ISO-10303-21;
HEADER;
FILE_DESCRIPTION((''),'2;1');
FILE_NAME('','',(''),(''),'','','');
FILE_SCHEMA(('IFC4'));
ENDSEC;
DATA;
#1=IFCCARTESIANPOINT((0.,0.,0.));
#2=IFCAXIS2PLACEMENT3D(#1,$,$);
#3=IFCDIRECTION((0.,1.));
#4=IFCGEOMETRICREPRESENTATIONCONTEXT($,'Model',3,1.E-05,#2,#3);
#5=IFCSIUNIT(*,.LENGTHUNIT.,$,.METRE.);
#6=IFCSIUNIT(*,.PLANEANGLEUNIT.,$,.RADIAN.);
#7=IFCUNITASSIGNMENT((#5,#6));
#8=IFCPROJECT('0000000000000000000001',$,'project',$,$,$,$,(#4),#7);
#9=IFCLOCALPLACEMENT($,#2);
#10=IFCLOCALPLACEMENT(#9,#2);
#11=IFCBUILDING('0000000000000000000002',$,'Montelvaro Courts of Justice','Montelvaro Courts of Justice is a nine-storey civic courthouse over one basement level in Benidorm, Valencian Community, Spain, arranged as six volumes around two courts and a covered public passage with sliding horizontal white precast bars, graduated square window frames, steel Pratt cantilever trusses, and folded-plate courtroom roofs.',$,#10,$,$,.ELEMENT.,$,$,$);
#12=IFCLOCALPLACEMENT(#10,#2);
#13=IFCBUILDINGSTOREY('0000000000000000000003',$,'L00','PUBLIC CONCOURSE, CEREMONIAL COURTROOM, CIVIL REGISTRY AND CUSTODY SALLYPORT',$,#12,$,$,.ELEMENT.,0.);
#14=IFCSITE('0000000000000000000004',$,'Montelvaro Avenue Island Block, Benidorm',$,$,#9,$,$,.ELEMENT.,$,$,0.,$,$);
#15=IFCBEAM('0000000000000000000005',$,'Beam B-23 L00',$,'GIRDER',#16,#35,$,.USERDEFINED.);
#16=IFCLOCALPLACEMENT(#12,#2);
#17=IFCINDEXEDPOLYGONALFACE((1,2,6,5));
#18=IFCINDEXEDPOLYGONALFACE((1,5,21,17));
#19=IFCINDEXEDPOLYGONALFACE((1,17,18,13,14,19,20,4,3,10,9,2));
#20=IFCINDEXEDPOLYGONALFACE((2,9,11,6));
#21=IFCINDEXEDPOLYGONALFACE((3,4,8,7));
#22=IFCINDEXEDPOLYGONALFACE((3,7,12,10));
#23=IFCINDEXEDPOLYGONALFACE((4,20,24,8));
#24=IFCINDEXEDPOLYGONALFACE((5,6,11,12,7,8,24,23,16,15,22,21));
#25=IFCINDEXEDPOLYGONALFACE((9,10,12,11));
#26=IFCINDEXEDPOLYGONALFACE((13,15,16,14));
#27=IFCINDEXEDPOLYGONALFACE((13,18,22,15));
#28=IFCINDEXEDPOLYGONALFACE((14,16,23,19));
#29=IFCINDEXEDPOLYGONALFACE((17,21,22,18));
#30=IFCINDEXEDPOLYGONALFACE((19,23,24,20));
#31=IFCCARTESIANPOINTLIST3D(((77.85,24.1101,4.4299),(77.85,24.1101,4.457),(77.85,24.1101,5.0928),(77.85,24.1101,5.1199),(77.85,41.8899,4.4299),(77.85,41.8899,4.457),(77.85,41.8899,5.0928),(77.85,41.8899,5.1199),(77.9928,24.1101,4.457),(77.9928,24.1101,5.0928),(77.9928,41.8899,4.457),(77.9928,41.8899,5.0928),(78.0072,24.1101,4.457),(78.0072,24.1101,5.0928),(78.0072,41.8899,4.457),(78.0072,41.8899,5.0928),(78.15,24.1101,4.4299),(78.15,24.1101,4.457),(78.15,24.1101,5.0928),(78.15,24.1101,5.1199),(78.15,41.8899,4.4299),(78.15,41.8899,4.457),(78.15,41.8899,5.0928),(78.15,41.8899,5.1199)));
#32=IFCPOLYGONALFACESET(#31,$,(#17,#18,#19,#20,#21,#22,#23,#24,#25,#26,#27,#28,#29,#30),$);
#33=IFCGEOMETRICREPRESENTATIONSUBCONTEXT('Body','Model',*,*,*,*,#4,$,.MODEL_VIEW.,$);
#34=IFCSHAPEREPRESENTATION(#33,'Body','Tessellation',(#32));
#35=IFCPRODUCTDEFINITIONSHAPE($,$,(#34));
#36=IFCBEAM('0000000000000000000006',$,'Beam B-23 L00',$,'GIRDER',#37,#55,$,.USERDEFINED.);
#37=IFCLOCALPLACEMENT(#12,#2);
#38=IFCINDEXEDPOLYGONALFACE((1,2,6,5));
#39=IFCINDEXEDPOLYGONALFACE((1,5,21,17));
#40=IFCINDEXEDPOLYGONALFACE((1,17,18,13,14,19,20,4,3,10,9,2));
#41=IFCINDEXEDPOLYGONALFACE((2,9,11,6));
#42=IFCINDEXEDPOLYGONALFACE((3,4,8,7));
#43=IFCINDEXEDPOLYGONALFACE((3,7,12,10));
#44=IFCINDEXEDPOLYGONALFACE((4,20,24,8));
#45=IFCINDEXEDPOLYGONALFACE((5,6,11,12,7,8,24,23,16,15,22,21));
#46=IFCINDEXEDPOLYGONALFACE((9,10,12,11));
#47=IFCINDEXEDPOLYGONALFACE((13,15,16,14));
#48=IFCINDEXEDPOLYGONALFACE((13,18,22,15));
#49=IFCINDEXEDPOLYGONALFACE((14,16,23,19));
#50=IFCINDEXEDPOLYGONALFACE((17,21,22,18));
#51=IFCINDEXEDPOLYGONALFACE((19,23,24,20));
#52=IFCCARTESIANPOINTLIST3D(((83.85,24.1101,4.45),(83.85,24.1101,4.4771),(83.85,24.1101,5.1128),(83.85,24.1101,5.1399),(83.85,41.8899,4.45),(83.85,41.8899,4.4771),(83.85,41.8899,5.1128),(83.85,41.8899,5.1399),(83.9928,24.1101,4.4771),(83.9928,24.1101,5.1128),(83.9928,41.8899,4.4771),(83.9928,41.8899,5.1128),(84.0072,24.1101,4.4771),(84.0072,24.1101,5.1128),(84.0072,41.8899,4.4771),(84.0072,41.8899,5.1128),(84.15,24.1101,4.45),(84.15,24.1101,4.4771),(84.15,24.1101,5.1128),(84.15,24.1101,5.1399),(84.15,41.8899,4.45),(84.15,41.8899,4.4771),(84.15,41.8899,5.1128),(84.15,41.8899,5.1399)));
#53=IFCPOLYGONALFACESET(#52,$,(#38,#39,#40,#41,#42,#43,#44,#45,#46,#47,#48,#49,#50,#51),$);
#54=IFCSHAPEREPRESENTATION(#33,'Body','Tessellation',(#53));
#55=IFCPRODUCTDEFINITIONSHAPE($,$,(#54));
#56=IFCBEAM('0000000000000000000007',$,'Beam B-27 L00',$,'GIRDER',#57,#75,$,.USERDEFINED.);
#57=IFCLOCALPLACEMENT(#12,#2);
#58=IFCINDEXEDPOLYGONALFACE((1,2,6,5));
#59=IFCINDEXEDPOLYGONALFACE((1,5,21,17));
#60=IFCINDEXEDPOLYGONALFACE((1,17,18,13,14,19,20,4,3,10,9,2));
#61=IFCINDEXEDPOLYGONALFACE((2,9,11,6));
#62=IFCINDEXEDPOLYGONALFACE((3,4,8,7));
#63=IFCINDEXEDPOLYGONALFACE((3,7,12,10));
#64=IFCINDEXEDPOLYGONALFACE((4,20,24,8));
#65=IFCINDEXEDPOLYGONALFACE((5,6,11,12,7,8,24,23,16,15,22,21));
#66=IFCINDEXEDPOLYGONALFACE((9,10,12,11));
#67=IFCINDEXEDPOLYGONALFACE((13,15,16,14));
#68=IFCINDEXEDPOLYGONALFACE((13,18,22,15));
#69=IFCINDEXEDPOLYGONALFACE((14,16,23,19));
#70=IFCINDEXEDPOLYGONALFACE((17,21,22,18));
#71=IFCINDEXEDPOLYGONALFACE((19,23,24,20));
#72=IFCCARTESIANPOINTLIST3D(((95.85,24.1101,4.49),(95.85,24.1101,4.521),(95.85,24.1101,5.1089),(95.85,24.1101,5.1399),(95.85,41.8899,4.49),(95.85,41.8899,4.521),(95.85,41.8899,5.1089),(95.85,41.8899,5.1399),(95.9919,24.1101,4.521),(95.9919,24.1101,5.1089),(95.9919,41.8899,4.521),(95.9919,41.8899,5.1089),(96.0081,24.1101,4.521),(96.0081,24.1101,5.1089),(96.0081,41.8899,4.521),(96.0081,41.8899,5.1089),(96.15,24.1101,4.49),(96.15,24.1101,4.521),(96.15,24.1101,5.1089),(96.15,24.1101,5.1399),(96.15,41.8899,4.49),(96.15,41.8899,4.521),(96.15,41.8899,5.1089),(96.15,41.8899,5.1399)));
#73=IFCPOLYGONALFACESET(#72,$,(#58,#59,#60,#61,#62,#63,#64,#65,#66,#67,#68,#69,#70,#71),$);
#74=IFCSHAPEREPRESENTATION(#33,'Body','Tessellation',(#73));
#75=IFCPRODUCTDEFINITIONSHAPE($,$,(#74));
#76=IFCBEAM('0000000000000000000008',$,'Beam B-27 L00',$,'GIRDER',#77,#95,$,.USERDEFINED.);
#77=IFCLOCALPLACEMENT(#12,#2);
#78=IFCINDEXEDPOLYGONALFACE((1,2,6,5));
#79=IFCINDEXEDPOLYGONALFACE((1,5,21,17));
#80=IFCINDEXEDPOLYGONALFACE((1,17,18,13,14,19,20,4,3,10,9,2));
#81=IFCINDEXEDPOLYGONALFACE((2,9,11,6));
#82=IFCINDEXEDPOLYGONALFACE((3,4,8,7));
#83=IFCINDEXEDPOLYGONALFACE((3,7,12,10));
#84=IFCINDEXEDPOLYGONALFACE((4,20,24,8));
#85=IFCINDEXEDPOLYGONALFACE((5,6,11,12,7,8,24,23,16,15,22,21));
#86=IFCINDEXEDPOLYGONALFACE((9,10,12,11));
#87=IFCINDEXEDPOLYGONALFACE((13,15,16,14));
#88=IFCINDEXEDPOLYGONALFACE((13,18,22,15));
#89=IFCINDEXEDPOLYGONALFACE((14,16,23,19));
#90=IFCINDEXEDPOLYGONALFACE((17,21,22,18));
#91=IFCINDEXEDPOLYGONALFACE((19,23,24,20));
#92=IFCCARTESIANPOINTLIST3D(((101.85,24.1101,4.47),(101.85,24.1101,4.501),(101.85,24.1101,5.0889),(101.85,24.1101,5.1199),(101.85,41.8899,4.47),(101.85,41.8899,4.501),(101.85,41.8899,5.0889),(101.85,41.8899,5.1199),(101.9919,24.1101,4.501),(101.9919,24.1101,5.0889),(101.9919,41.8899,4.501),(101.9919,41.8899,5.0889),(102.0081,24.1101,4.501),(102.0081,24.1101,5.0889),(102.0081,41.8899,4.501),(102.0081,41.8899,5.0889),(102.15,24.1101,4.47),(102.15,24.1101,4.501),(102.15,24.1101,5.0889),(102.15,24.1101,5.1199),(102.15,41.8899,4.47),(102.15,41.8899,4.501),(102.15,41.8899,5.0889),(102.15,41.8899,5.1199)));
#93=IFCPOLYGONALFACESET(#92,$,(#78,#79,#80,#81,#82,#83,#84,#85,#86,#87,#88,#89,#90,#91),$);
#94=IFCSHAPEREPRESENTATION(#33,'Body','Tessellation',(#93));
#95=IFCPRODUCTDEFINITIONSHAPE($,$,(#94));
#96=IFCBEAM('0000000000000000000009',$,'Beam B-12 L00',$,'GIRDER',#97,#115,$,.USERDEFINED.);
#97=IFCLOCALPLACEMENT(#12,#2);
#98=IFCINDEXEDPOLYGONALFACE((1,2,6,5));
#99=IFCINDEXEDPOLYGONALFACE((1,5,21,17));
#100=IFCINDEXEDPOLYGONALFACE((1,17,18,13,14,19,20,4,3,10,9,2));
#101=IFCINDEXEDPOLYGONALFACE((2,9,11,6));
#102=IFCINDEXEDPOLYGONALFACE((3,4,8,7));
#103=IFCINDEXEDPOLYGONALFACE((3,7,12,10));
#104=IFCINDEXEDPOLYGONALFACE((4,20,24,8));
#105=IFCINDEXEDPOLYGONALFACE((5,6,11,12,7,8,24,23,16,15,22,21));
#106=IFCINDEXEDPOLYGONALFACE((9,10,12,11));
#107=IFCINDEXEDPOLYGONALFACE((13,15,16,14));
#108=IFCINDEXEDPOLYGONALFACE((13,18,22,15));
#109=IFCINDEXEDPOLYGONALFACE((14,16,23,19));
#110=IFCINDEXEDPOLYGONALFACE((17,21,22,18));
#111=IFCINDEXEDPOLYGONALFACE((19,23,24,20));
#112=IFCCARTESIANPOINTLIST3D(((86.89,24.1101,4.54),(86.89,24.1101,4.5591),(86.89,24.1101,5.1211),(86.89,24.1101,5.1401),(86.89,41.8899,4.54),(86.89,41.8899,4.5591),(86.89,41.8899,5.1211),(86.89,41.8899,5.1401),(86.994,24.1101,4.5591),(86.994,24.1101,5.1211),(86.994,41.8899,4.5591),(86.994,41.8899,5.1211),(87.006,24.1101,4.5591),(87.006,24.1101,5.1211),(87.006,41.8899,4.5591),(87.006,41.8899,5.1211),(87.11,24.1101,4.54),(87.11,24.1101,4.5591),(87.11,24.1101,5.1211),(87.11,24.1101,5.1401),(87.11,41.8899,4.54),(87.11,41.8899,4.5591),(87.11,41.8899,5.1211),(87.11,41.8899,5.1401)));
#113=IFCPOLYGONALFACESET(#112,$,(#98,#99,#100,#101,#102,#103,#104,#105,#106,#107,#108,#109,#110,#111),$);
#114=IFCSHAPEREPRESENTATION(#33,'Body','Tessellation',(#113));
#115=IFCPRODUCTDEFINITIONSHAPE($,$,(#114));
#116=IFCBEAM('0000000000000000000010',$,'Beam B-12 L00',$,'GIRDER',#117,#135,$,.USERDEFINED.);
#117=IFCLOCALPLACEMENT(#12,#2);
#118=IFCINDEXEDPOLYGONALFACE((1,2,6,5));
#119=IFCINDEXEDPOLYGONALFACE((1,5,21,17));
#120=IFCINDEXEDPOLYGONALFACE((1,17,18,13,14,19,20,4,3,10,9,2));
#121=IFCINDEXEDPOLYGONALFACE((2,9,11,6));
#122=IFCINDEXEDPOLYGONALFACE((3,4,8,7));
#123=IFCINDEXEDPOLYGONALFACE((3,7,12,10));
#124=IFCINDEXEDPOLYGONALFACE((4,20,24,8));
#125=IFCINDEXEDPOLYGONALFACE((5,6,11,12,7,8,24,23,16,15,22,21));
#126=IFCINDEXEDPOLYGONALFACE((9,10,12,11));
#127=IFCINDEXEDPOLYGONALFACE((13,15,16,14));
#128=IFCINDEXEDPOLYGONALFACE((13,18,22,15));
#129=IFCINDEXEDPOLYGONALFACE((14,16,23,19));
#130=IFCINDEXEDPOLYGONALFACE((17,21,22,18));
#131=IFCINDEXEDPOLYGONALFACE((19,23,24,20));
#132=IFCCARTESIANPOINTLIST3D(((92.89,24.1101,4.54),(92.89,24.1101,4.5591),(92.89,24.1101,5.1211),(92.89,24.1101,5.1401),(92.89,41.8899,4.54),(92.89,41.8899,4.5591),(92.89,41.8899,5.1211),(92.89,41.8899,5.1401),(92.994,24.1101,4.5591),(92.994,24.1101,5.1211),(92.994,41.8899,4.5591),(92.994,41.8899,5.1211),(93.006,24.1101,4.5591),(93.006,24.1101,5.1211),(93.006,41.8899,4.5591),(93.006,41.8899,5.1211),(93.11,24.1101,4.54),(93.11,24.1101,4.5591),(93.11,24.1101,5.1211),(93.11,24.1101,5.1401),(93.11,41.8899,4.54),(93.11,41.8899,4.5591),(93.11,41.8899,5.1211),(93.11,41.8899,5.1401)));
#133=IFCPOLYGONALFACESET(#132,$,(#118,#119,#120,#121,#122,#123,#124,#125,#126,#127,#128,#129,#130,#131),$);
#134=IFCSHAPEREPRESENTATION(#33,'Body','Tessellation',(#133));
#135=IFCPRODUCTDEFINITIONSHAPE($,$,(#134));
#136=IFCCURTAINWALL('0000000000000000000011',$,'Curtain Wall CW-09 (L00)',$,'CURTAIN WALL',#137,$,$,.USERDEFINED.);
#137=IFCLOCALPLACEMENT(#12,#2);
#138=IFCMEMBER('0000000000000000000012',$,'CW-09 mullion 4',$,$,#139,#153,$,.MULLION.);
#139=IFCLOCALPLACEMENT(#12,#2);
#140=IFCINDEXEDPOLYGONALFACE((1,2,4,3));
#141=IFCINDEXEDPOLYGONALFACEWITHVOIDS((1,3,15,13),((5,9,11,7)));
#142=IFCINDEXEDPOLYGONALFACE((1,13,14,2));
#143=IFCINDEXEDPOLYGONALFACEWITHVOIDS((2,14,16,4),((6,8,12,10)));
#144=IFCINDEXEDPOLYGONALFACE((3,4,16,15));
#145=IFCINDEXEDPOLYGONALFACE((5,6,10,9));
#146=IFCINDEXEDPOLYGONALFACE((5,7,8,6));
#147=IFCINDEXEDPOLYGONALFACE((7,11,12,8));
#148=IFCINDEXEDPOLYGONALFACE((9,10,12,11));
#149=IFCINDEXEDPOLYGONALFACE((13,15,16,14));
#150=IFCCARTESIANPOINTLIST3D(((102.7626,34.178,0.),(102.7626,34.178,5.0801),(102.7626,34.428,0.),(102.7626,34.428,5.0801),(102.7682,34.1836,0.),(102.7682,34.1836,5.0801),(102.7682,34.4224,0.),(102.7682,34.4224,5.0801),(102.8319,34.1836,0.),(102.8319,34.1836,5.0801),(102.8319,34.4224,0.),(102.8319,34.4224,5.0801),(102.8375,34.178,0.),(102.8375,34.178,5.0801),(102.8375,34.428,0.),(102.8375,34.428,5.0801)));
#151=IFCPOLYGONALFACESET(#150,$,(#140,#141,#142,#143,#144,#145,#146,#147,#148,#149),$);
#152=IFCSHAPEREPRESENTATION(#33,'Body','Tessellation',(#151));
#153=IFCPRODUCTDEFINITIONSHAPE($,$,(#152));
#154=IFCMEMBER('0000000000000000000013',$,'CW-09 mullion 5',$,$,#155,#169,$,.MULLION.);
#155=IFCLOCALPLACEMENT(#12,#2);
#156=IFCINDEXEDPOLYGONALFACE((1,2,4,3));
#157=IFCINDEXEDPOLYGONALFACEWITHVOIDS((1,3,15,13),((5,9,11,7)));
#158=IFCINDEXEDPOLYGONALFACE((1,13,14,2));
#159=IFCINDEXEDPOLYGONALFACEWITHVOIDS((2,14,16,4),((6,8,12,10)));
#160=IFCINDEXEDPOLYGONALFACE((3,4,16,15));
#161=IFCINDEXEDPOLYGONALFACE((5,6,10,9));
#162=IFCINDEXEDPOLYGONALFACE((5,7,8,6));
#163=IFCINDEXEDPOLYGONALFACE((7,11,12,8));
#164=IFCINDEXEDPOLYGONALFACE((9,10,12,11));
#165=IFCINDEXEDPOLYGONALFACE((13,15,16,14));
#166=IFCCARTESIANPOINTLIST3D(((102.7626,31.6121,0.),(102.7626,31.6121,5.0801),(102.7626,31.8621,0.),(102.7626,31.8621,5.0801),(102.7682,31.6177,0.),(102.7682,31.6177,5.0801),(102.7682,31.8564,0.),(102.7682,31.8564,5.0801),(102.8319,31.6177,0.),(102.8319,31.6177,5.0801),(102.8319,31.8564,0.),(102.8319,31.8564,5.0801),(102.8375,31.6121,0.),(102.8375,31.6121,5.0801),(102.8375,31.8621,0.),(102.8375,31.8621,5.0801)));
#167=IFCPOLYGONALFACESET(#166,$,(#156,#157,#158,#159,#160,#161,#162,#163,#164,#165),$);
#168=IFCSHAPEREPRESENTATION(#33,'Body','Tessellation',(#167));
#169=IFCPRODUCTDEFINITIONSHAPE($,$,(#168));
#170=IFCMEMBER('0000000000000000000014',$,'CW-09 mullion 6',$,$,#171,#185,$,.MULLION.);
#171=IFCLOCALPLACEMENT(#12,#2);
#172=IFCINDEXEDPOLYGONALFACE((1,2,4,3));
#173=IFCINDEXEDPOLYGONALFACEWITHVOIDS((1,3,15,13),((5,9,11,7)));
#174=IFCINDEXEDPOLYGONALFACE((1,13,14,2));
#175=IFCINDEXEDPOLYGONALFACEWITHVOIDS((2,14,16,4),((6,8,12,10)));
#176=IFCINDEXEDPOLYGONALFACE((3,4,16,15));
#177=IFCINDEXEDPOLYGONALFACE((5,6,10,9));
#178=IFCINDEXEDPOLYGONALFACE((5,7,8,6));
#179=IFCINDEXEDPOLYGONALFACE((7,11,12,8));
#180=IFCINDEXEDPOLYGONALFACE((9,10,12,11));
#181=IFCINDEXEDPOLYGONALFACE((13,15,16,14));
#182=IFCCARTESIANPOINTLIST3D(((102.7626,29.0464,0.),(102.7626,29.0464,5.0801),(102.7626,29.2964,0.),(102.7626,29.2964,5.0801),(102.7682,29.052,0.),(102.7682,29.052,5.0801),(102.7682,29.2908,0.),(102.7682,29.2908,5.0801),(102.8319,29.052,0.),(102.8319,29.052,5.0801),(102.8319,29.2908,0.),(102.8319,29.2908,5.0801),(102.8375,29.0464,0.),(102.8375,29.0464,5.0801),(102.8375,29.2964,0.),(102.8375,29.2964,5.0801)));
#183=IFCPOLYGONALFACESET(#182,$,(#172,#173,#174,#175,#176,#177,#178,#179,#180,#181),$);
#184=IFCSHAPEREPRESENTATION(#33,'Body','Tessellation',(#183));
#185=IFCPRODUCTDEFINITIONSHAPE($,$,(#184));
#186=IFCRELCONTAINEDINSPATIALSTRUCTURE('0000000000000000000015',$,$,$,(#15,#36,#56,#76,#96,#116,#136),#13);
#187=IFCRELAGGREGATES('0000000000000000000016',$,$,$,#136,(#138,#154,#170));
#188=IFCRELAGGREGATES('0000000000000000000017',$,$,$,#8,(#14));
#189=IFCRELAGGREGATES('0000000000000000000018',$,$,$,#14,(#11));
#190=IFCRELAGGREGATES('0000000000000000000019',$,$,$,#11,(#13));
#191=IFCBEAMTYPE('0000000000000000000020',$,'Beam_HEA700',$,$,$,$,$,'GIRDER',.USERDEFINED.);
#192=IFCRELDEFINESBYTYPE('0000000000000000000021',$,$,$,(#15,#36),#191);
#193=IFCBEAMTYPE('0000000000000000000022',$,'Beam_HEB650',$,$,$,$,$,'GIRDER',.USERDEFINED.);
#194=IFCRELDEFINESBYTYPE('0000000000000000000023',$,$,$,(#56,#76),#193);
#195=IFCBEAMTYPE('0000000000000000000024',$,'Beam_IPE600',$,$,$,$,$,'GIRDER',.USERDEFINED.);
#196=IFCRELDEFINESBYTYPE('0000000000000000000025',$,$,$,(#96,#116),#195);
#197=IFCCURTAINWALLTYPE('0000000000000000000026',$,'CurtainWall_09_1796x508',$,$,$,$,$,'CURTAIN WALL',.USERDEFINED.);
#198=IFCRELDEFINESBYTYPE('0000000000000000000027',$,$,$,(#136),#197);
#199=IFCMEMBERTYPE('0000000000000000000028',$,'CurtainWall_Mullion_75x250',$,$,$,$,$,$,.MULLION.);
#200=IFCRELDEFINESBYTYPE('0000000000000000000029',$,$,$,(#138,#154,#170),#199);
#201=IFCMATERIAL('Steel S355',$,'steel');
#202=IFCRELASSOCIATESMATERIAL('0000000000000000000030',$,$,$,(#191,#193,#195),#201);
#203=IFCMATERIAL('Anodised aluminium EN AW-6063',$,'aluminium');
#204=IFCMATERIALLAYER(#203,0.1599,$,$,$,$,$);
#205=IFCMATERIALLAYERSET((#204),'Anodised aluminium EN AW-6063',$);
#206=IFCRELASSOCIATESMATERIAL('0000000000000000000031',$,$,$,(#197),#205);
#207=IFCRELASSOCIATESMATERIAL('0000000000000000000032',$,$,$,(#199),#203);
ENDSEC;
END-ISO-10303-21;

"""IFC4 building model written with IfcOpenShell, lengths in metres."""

from ifc_helpers import new_model, si_unit, direction, frame, origin, origin_2d, place, context, subcontext, project, spatial, hollow_rectangle, i_section, extrude, material, layer, layer_set, material_profile, profile_set, type_object, element, aggregate, save


model = new_model("IFC4")

# Units and contexts
model_context = context("Model", 3, precision=1e-05, world=origin(), true_north=direction((0.0, 1.0)))
body_context = subcontext(model_context, "Body", "Model", "MODEL_VIEW")
ifc_project = project(units=[si_unit("LENGTHUNIT", "METRE"), si_unit("PLANEANGLEUNIT", "RADIAN")], contexts=[model_context])

# Site, building, storey
site_placement = place(None, origin())
site = spatial("IfcSite", under=ifc_project, at=site_placement, Name="Montelvaro Avenue Island Block, Benidorm", CompositionType="ELEMENT", RefElevation=0.0)
building_placement = place(site_placement, origin())
building = spatial("IfcBuilding", under=site, at=building_placement, Name="Montelvaro Courts of Justice", Description="Montelvaro Courts of Justice is a nine-storey civic courthouse over one basement level in Benidorm, Valencian Community, Spain, arranged as six volumes around two courts and a covered public passage with sliding horizontal white precast bars, graduated square window frames, steel Pratt cantilever trusses, and folded-plate courtroom roofs.", CompositionType="ELEMENT")
storey_placement = place(building_placement, origin())
storey = spatial("IfcBuildingStorey", under=building, at=storey_placement, Name="L00", Description="PUBLIC CONCOURSE, CEREMONIAL COURTROOM, CIVIL REGISTRY AND CUSTODY SALLYPORT", CompositionType="ELEMENT", Elevation=0.0)

# Beams
ifc_material_1 = material(Name="Steel S355", Category="steel")
ifc_material_profile_1 = material_profile(ifc_material_1, i_section(OverallWidth=0.3, OverallDepth=0.6899, WebThickness=0.0144, FlangeThickness=0.0271, at=origin_2d()), Name="HEA 700")
ifc_profile_set_1 = profile_set([ifc_material_profile_1], Name="Steel S355")
beam_type_1 = type_object("IfcBeamType", Name="Beam_HEA700", ElementType="GIRDER", PredefinedType="USERDEFINED", material=ifc_profile_set_1)
for number, where, z_axis, x_axis, name in (
    (1, (78.0, 24.1101, 4.7749), (0.0, 1.0, 0.0), (-1.0, 0.0, 0.0), "Beam B-23 L00"),
    (2, (84.0, 24.1101, 4.7949), (0.0, 1.0, 0.0), (-1.0, 0.0, 0.0), "Beam B-23 L00"),
):
    element("IfcBeam", number, at=place(storey_placement, frame(where, z_axis=z_axis, x_axis=x_axis)), inside=storey, type_object=beam_type_1, Name=name, ObjectType="GIRDER", PredefinedType="USERDEFINED", context=body_context, shape_type="SweptSolid", body=[
        extrude(i_section(OverallWidth=0.3, OverallDepth=0.6899, WebThickness=0.0144, FlangeThickness=0.0271, at=origin_2d()), origin(), (0.0, 0.0, 1.0), 17.7798),
    ])
ifc_material_profile_2 = material_profile(ifc_material_1, i_section(OverallWidth=0.3, OverallDepth=0.6499, WebThickness=0.0161, FlangeThickness=0.031, at=origin_2d()), Name="HEB 650")
ifc_profile_set_2 = profile_set([ifc_material_profile_2], Name="Steel S355")
beam_type_2 = type_object("IfcBeamType", Name="Beam_HEB650", ElementType="GIRDER", PredefinedType="USERDEFINED", material=ifc_profile_set_2)
for number, where, z_axis, x_axis, name in (
    (3, (96.0, 24.1101, 4.8149), (0.0, 1.0, 0.0), (-1.0, 0.0, 0.0), "Beam B-27 L00"),
    (4, (102.0, 24.1101, 4.7949), (0.0, 1.0, 0.0), (-1.0, 0.0, 0.0), "Beam B-27 L00"),
):
    element("IfcBeam", number, at=place(storey_placement, frame(where, z_axis=z_axis, x_axis=x_axis)), inside=storey, type_object=beam_type_2, Name=name, ObjectType="GIRDER", PredefinedType="USERDEFINED", context=body_context, shape_type="SweptSolid", body=[
        extrude(i_section(OverallWidth=0.3, OverallDepth=0.6499, WebThickness=0.0161, FlangeThickness=0.031, at=origin_2d()), origin(), (0.0, 0.0, 1.0), 17.7798),
    ])
ifc_material_profile_3 = material_profile(ifc_material_1, i_section(OverallWidth=0.22, OverallDepth=0.6001, WebThickness=0.012, FlangeThickness=0.019, at=origin_2d()), Name="IPE 600")
ifc_profile_set_3 = profile_set([ifc_material_profile_3], Name="Steel S355")
beam_type_3 = type_object("IfcBeamType", Name="Beam_IPE600", ElementType="GIRDER", PredefinedType="USERDEFINED", material=ifc_profile_set_3)
for number, where, z_axis, x_axis, name in (
    (5, (87.0, 24.1101, 4.8401), (0.0, 1.0, 0.0), (-1.0, 0.0, 0.0), "Beam B-12 L00"),
    (6, (93.0, 24.1101, 4.8401), (0.0, 1.0, 0.0), (-1.0, 0.0, 0.0), "Beam B-12 L00"),
):
    element("IfcBeam", number, at=place(storey_placement, frame(where, z_axis=z_axis, x_axis=x_axis)), inside=storey, type_object=beam_type_3, Name=name, ObjectType="GIRDER", PredefinedType="USERDEFINED", context=body_context, shape_type="SweptSolid", body=[
        extrude(i_section(OverallWidth=0.22, OverallDepth=0.6001, WebThickness=0.012, FlangeThickness=0.019, at=origin_2d()), origin(), (0.0, 0.0, 1.0), 17.7798),
    ])

# Curtain wall, members
ifc_material_2 = material(Name="Anodised aluminium EN AW-6063", Category="aluminium")
ifc_layer_1 = layer(ifc_material_2, 0.1599)
ifc_layer_set_1 = layer_set([ifc_layer_1], Name="Anodised aluminium EN AW-6063")
curtain_wall_type = type_object("IfcCurtainWallType", Name="CurtainWall_09_1796x508", ElementType="CURTAIN WALL", PredefinedType="USERDEFINED", material=ifc_layer_set_1)
curtain_wall_placement = place(storey_placement, origin())
curtain_wall = element("IfcCurtainWall", 7, at=curtain_wall_placement, inside=storey, type_object=curtain_wall_type, Name="Curtain Wall CW-09 (L00)", ObjectType="CURTAIN WALL", PredefinedType="USERDEFINED")
ifc_material_profile_4 = material_profile(ifc_material_2, hollow_rectangle(XDim=0.075, YDim=0.25, WallThickness=0.0056, at=origin_2d()), Name="ALU-M 75x250")
ifc_profile_set_4 = profile_set([ifc_material_profile_4], Name="Anodised aluminium EN AW-6063")
member_type_1 = type_object("IfcMemberType", Name="CurtainWall_Mullion_75x250", PredefinedType="MULLION", material=ifc_profile_set_4)
member_1_placement = place(storey_placement, frame((102.8, 34.303, 0.0), z_axis=(0.0, 0.0, 1.0), x_axis=(1.0, 0.0, 0.0)))
member_1 = element("IfcMember", 8, at=member_1_placement, type_object=member_type_1, Name="CW-09 mullion 4", PredefinedType="MULLION", context=body_context, shape_type="SweptSolid", body=[
    extrude(hollow_rectangle(XDim=0.075, YDim=0.25, WallThickness=0.0056, at=origin_2d()), origin(), (0.0, 0.0, 1.0), 5.0801),
])
member_2_placement = place(storey_placement, frame((102.8, 31.7371, 0.0), z_axis=(0.0, 0.0, 1.0), x_axis=(1.0, 0.0, 0.0)))
member_2 = element("IfcMember", 9, at=member_2_placement, type_object=member_type_1, Name="CW-09 mullion 5", PredefinedType="MULLION", context=body_context, shape_type="SweptSolid", body=[
    extrude(hollow_rectangle(XDim=0.075, YDim=0.25, WallThickness=0.0056, at=origin_2d()), origin(), (0.0, 0.0, 1.0), 5.0801),
])
member_3_placement = place(storey_placement, frame((102.8, 29.1714, 0.0), z_axis=(0.0, 0.0, 1.0), x_axis=(1.0, 0.0, 0.0)))
member_3 = element("IfcMember", 10, at=member_3_placement, type_object=member_type_1, Name="CW-09 mullion 6", PredefinedType="MULLION", context=body_context, shape_type="SweptSolid", body=[
    extrude(hollow_rectangle(XDim=0.075, YDim=0.25, WallThickness=0.0056, at=origin_2d()), origin(), (0.0, 0.0, 1.0), 5.0801),
])
aggregate(curtain_wall, [member_1, member_2, member_3])

save(model, "model.ifc")
